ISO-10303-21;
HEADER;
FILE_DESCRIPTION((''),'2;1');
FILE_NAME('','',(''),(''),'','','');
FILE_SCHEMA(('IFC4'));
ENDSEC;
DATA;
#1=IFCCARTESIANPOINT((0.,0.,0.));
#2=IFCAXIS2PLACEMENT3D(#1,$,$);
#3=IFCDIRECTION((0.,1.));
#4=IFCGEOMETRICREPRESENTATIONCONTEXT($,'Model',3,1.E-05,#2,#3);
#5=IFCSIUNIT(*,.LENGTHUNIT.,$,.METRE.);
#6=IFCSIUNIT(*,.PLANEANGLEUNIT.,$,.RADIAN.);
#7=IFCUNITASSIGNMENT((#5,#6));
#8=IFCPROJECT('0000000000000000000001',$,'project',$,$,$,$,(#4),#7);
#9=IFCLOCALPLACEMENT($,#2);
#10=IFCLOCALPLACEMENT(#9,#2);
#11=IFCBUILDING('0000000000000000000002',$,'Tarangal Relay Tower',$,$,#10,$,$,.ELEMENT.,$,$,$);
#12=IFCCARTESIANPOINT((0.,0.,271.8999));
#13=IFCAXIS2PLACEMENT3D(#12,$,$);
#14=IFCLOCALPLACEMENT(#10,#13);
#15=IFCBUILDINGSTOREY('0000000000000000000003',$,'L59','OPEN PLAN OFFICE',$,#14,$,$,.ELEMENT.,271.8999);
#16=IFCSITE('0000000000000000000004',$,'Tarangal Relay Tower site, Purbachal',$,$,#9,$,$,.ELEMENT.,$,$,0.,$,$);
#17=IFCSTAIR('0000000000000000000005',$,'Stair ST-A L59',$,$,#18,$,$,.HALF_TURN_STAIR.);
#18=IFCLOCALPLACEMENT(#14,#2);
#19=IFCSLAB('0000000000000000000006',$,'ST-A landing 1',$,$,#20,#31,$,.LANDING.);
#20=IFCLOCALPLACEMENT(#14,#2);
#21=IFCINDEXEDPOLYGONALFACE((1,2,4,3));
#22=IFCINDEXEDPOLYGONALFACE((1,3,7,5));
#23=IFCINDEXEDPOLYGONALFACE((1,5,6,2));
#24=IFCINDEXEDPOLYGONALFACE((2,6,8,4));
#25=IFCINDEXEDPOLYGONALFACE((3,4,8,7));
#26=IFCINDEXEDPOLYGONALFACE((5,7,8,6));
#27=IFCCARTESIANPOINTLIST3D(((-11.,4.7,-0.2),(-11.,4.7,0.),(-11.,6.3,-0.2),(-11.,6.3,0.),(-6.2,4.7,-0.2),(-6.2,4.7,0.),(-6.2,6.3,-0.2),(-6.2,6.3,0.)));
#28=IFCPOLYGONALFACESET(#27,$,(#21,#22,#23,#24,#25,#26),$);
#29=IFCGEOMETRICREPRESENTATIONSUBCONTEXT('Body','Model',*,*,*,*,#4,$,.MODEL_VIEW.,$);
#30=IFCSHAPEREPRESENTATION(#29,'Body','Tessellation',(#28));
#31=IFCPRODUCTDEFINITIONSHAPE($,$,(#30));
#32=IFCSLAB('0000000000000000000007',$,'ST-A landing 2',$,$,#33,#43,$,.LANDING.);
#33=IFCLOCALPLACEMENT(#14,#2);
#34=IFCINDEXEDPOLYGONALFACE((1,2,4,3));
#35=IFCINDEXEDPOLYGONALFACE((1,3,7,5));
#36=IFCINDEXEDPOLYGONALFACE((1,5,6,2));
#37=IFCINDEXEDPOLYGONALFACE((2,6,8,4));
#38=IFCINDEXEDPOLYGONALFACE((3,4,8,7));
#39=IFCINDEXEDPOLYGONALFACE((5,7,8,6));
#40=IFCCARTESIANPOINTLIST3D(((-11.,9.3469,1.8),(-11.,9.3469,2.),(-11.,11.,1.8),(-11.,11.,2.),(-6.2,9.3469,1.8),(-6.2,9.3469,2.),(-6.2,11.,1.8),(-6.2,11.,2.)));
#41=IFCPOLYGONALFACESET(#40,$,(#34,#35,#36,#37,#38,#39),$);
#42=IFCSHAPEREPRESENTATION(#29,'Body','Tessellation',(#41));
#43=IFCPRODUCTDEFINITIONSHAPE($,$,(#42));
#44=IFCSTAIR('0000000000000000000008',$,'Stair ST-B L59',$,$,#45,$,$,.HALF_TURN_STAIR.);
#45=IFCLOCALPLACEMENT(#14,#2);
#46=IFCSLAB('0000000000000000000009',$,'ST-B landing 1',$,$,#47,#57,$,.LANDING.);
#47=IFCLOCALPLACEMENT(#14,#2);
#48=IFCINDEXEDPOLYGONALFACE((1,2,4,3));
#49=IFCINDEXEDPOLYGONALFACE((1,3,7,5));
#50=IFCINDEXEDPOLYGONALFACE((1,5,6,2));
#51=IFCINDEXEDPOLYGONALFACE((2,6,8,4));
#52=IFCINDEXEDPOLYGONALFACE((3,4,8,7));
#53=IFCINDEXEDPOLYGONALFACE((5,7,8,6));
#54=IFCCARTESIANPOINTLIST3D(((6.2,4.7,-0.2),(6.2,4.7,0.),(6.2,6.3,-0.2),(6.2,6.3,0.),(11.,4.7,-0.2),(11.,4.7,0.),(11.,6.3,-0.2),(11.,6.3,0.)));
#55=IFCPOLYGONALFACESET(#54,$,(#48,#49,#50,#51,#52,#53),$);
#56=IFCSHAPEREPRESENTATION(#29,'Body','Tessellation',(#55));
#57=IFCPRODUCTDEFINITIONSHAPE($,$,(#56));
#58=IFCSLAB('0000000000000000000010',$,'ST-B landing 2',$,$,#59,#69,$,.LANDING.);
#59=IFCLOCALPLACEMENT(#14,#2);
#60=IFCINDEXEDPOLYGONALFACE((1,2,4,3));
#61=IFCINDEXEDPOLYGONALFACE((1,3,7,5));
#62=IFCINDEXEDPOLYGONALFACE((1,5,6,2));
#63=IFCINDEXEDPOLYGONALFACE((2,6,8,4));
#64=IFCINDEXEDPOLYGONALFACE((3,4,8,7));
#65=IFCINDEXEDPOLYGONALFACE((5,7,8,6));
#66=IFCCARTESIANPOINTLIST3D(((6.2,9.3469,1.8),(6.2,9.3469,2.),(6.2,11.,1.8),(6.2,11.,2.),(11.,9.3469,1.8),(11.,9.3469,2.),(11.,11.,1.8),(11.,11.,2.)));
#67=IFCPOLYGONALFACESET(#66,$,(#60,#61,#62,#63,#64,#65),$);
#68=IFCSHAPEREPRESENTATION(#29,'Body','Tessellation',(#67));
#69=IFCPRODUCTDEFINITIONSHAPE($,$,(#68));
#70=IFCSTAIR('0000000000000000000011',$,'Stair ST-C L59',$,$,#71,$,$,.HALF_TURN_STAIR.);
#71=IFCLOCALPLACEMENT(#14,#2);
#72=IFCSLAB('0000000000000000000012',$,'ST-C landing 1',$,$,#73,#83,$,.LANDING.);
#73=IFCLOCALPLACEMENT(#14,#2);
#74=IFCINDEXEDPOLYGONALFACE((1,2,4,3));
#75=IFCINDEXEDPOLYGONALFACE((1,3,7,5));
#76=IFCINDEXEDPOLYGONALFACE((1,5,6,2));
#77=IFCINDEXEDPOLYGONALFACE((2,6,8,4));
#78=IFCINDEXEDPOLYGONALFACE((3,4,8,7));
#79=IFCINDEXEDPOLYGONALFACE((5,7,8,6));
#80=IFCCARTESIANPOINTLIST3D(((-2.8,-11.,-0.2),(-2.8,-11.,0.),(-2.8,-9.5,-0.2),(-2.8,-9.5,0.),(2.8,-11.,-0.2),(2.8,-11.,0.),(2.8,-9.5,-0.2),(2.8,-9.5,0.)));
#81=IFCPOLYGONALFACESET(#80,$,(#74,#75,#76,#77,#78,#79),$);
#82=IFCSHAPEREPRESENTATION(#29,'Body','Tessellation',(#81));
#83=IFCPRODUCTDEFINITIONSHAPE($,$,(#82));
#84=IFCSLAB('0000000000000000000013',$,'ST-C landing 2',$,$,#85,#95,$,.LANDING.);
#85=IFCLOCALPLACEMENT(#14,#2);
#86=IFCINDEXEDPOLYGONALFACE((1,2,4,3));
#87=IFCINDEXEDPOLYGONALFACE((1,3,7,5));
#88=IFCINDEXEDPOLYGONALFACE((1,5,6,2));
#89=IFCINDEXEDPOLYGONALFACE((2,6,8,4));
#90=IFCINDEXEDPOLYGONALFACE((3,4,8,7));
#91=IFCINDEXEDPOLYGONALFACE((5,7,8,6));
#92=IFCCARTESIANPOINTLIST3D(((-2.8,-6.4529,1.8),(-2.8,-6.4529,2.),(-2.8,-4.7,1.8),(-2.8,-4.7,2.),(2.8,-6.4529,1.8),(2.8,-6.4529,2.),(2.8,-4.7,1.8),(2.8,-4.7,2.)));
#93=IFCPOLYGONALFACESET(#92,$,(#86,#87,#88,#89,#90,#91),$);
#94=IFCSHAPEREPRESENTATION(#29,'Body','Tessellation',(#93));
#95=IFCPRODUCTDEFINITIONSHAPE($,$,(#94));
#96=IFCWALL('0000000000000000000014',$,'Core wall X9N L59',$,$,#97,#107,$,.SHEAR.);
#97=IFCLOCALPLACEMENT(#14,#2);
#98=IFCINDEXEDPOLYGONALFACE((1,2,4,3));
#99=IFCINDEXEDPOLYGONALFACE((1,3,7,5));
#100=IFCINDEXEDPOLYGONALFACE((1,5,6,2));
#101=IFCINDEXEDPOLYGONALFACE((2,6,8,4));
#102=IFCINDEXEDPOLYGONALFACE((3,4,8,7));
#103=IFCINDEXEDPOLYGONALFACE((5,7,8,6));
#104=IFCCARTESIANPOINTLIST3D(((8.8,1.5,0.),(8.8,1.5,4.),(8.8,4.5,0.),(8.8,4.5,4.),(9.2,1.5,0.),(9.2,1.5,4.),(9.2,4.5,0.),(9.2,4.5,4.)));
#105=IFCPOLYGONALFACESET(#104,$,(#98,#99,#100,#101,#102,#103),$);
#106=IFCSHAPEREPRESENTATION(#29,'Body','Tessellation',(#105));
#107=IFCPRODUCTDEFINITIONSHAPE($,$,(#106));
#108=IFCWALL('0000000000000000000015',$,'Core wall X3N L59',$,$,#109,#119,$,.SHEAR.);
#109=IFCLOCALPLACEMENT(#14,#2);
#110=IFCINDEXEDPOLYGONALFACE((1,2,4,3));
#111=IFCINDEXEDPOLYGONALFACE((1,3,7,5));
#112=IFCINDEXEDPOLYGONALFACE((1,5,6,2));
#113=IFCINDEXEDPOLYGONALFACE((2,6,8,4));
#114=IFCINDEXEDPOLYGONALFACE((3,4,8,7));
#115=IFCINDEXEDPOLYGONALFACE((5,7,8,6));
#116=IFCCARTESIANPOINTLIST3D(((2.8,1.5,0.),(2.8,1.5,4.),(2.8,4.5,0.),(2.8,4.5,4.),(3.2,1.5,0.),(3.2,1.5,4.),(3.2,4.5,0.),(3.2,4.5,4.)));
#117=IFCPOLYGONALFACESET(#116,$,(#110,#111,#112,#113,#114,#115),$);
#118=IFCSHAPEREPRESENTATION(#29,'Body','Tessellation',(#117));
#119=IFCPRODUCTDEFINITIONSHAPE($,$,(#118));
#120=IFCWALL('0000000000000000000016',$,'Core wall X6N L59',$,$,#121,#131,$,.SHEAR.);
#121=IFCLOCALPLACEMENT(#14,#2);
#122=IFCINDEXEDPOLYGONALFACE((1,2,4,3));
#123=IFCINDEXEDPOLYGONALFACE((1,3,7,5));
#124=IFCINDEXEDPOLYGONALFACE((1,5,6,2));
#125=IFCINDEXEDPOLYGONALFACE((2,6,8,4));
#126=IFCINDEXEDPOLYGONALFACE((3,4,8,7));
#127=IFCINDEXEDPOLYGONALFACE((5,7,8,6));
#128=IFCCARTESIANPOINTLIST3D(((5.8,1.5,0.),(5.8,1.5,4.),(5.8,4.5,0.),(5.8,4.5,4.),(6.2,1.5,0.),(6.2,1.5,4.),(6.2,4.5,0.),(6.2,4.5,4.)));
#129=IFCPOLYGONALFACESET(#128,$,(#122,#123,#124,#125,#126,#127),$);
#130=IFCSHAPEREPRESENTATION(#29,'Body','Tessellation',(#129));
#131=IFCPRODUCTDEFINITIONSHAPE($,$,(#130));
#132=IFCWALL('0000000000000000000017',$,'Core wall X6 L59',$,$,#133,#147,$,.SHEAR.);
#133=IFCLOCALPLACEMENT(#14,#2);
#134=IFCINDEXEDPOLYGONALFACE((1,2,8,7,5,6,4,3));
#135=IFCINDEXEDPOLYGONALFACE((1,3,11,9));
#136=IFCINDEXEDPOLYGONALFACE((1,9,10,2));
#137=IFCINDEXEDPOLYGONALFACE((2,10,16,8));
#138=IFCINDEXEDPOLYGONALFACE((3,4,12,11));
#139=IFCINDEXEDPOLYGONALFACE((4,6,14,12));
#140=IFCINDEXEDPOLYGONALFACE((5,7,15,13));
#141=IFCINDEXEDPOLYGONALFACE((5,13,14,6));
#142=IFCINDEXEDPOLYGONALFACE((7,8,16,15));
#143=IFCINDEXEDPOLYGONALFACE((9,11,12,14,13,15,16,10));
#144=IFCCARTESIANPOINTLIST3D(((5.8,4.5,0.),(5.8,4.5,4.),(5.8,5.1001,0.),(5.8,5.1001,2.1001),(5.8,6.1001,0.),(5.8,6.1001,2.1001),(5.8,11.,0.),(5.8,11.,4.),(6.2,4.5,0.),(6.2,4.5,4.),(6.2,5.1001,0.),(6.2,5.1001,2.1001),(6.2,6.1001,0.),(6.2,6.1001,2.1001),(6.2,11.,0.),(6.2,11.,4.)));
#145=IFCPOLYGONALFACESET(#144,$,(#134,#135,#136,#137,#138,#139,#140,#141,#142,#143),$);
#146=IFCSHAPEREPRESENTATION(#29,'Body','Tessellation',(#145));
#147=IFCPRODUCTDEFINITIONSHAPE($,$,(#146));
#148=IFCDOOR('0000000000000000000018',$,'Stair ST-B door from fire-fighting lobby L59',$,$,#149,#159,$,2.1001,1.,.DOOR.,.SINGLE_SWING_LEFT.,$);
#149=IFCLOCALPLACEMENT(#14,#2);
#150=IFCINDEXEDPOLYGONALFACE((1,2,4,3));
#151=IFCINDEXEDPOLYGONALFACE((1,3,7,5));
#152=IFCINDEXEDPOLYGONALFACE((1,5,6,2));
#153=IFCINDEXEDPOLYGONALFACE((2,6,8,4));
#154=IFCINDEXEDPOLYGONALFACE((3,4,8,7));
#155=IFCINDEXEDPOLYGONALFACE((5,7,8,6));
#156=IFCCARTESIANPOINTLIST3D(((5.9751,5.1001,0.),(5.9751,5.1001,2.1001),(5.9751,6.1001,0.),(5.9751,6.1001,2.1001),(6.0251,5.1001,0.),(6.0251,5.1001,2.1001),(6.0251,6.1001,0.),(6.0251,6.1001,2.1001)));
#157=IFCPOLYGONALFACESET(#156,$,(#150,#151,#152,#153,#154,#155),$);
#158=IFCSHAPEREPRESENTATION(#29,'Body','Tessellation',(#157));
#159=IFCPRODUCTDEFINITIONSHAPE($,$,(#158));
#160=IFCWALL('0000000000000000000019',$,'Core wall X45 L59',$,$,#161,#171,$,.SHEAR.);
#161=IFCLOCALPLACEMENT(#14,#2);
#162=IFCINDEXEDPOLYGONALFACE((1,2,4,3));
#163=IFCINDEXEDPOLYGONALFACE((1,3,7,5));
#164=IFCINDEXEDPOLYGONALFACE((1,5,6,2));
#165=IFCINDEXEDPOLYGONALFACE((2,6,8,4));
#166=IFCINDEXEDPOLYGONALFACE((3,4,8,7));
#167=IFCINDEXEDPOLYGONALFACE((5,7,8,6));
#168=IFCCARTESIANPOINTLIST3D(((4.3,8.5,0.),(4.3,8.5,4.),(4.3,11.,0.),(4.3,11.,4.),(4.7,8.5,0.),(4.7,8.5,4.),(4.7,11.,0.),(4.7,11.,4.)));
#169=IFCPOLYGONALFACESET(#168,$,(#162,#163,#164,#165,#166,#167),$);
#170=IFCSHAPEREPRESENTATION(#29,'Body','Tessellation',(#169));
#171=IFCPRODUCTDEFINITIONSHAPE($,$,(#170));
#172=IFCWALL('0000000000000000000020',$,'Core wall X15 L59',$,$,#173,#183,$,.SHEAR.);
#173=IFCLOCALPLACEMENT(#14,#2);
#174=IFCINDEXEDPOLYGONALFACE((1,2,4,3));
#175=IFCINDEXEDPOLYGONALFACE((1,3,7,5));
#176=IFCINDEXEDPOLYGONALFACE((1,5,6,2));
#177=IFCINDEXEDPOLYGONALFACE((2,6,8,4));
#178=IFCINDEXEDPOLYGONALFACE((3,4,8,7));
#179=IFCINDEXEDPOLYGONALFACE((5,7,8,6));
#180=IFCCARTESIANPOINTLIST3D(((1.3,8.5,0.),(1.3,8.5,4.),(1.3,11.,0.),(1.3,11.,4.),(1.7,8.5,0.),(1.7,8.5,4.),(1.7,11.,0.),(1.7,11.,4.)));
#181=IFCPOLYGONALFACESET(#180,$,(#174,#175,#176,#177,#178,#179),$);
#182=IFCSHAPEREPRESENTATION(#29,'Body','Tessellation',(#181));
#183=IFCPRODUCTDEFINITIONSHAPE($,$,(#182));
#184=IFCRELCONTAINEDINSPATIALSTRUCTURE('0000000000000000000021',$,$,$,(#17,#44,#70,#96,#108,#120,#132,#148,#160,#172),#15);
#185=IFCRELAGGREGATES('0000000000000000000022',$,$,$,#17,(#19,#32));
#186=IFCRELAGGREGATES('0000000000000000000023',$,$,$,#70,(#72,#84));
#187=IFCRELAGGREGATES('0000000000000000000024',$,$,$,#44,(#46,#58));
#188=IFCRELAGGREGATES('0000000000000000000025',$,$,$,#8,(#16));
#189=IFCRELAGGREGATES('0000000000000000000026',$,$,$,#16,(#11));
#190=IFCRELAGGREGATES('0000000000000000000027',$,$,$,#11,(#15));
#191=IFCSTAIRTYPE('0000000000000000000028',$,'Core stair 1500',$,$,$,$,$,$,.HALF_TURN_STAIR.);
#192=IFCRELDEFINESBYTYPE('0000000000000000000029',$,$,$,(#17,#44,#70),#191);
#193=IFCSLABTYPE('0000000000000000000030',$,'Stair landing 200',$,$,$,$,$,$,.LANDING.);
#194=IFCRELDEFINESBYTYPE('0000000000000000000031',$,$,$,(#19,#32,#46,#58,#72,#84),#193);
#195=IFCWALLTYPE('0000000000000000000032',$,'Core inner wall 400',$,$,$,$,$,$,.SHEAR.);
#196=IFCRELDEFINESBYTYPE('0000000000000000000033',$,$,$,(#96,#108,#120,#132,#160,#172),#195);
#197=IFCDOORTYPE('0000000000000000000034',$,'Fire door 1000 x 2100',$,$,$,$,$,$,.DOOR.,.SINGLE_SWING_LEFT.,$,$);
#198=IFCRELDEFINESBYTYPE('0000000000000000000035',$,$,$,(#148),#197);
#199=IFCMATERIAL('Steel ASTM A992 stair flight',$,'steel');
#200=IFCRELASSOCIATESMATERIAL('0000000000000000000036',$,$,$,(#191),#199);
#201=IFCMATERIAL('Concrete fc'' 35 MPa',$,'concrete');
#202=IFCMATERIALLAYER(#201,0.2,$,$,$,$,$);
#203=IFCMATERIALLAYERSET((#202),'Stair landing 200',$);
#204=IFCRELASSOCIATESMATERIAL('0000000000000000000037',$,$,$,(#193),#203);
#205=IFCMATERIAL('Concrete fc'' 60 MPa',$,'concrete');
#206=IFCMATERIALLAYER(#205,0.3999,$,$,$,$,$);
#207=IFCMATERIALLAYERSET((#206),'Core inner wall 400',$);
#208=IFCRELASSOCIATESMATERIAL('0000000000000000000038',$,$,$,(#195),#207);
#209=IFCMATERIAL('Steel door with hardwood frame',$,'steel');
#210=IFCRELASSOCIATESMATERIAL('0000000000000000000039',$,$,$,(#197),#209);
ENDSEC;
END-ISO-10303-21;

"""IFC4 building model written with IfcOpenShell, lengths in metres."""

from ifc_helpers import new_model, si_unit, direction, frame, frame_2d, origin, place, context, subcontext, project, spatial, polyline, rectangle, outline, extrude, material, layer, layer_set, type_object, element, fill, aggregate, save


model = new_model("IFC4")

# Units and contexts
model_context = context("Model", 3, precision=1e-05, world=origin(), true_north=direction((0.0, 1.0)))
body_context = subcontext(model_context, "Body", "Model", "MODEL_VIEW")
ifc_project = project(units=[si_unit("LENGTHUNIT", "METRE"), si_unit("PLANEANGLEUNIT", "RADIAN")], contexts=[model_context])

# Site, building, storey
site_placement = place(None, origin())
site = spatial("IfcSite", under=ifc_project, at=site_placement, Name="Tarangal Relay Tower site, Purbachal", CompositionType="ELEMENT", RefElevation=0.0)
building_placement = place(site_placement, origin())
building = spatial("IfcBuilding", under=site, at=building_placement, Name="Tarangal Relay Tower", CompositionType="ELEMENT")
storey_placement = place(building_placement, frame((0.0, 0.0, 271.8999)))
storey = spatial("IfcBuildingStorey", under=building, at=storey_placement, Name="L59", Description="OPEN PLAN OFFICE", CompositionType="ELEMENT", Elevation=271.8999)

# Stairs, slabs
ifc_material_1 = material(Name="Steel ASTM A992 stair flight", Category="steel")
stair_type = type_object("IfcStairType", Name="Core stair 1500", PredefinedType="HALF_TURN_STAIR", material=ifc_material_1)
stair_1_placement = place(storey_placement, origin())
stair_1 = element("IfcStair", 1, at=stair_1_placement, inside=storey, type_object=stair_type, Name="Stair ST-A L59", PredefinedType="HALF_TURN_STAIR")
ifc_material_2 = material(Name="Concrete fc' 35 MPa", Category="concrete")
ifc_layer_1 = layer(ifc_material_2, 0.2)
ifc_layer_set_1 = layer_set([ifc_layer_1], Name="Stair landing 200")
slab_type = type_object("IfcSlabType", Name="Stair landing 200", PredefinedType="LANDING", material=ifc_layer_set_1)
slab_1_placement = place(storey_placement, frame((0.0, 0.0, -0.2)))
slab_1 = element("IfcSlab", 2, at=slab_1_placement, type_object=slab_type, Name="ST-A landing 1", PredefinedType="LANDING", context=body_context, shape_type="SweptSolid", body=[
    extrude(outline(polyline([(-11.0, 4.7), (-6.2, 4.7), (-6.2, 6.3), (-11.0, 6.3), (-11.0, 4.7)])), origin(), (0.0, 0.0, 1.0), 0.2),
])
slab_2_placement = place(storey_placement, frame((0.0, 0.0, 1.8)))
slab_2 = element("IfcSlab", 3, at=slab_2_placement, type_object=slab_type, Name="ST-A landing 2", PredefinedType="LANDING", context=body_context, shape_type="SweptSolid", body=[
    extrude(outline(polyline([(-11.0, 9.3469), (-6.2, 9.3469), (-6.2, 11.0), (-11.0, 11.0), (-11.0, 9.3469)])), origin(), (0.0, 0.0, 1.0), 0.2),
])
aggregate(stair_1, [slab_1, slab_2])
stair_2_placement = place(storey_placement, origin())
stair_2 = element("IfcStair", 4, at=stair_2_placement, inside=storey, type_object=stair_type, Name="Stair ST-B L59", PredefinedType="HALF_TURN_STAIR")
slab_3_placement = place(storey_placement, frame((0.0, 0.0, -0.2)))
slab_3 = element("IfcSlab", 5, at=slab_3_placement, type_object=slab_type, Name="ST-B landing 1", PredefinedType="LANDING", context=body_context, shape_type="SweptSolid", body=[
    extrude(outline(polyline([(6.2, 4.7), (11.0, 4.7), (11.0, 6.3), (6.2, 6.3), (6.2, 4.7)])), origin(), (0.0, 0.0, 1.0), 0.2),
])
slab_4_placement = place(storey_placement, frame((0.0, 0.0, 1.8)))
slab_4 = element("IfcSlab", 6, at=slab_4_placement, type_object=slab_type, Name="ST-B landing 2", PredefinedType="LANDING", context=body_context, shape_type="SweptSolid", body=[
    extrude(outline(polyline([(6.2, 9.3469), (11.0, 9.3469), (11.0, 11.0), (6.2, 11.0), (6.2, 9.3469)])), origin(), (0.0, 0.0, 1.0), 0.2),
])
stair_3_placement = place(storey_placement, origin())
stair_3 = element("IfcStair", 7, at=stair_3_placement, inside=storey, type_object=stair_type, Name="Stair ST-C L59", PredefinedType="HALF_TURN_STAIR")
slab_5_placement = place(storey_placement, frame((0.0, 0.0, -0.2)))
slab_5 = element("IfcSlab", 8, at=slab_5_placement, type_object=slab_type, Name="ST-C landing 1", PredefinedType="LANDING", context=body_context, shape_type="SweptSolid", body=[
    extrude(outline(polyline([(-2.8, -11.0), (2.8, -11.0), (2.8, -9.5), (-2.8, -9.5), (-2.8, -11.0)])), origin(), (0.0, 0.0, 1.0), 0.2),
])
slab_6_placement = place(storey_placement, frame((0.0, 0.0, 1.8)))
slab_6 = element("IfcSlab", 9, at=slab_6_placement, type_object=slab_type, Name="ST-C landing 2", PredefinedType="LANDING", context=body_context, shape_type="SweptSolid", body=[
    extrude(outline(polyline([(-2.8, -6.4529), (2.8, -6.4529), (2.8, -4.7), (-2.8, -4.7), (-2.8, -6.4529)])), origin(), (0.0, 0.0, 1.0), 0.2),
])
aggregate(stair_3, [slab_5, slab_6])

# Walls
ifc_material_3 = material(Name="Concrete fc' 60 MPa", Category="concrete")
ifc_layer_2 = layer(ifc_material_3, 0.3999)
ifc_layer_set_2 = layer_set([ifc_layer_2], Name="Core inner wall 400")
wall_type_1 = type_object("IfcWallType", Name="Core inner wall 400", PredefinedType="SHEAR", material=ifc_layer_set_2)
for number, where, z_axis, x_axis, name in (
    (10, (9.0, 1.5, 0.0), (0.0, 0.0, 1.0), (0.0, 1.0, 0.0), "Core wall X9N L59"),
    (11, (3.0, 1.5, 0.0), (0.0, 0.0, 1.0), (0.0, 1.0, 0.0), "Core wall X3N L59"),
    (12, (6.0, 1.5, 0.0), (0.0, 0.0, 1.0), (0.0, 1.0, 0.0), "Core wall X6N L59"),
):
    element("IfcWall", number, at=place(storey_placement, frame(where, z_axis=z_axis, x_axis=x_axis)), inside=storey, type_object=wall_type_1, Name=name, PredefinedType="SHEAR", context=body_context, shape_type="SweptSolid", body=[
        extrude(rectangle(XDim=3.0, YDim=0.3999, at=frame_2d((1.5, 0.0))), origin(), (0.0, 0.0, 1.0), 4.0),
    ])

# Wall, opening, door
wall_1_placement = place(storey_placement, frame((6.0, 4.5, 0.0), z_axis=(0.0, 0.0, 1.0), x_axis=(0.0, 1.0, 0.0)))
wall_1 = element("IfcWall", 13, at=wall_1_placement, inside=storey, type_object=wall_type_1, Name="Core wall X6 L59", PredefinedType="SHEAR", context=body_context, shape_type="SweptSolid", body=[
    extrude(rectangle(XDim=6.5, YDim=0.3999, at=frame_2d((3.25, 0.0))), origin(), (0.0, 0.0, 1.0), 4.0),
])
opening_1_placement = place(wall_1_placement, frame((0.6001, 0.0, 0.0)))
opening_1 = element("IfcOpeningElement", 14, at=opening_1_placement, cuts=wall_1, PredefinedType="OPENING", context=body_context, shape_type="SweptSolid", body=[
    extrude(rectangle(XDim=1.0, YDim=2.1001, at=frame_2d((0.5, 1.05))), frame((0.0, 0.21, 0.0), z_axis=(0.0, -1.0, 0.0), x_axis=(1.0, 0.0, 0.0)), (0.0, 0.0, 1.0), 0.4199),
])
ifc_material_4 = material(Name="Steel door with hardwood frame", Category="steel")
door_type_1 = type_object("IfcDoorType", Name="Fire door 1000 x 2100", OperationType="SINGLE_SWING_LEFT", PredefinedType="DOOR", material=ifc_material_4)
door_1_placement = place(opening_1_placement, origin())
door_1 = element("IfcDoor", 15, at=door_1_placement, inside=storey, type_object=door_type_1, Name="Stair ST-B door from fire-fighting lobby L59", OperationType="SINGLE_SWING_LEFT", OverallHeight=2.1001, OverallWidth=1.0, PredefinedType="DOOR", context=body_context, shape_type="SweptSolid", body=[
    extrude(rectangle(XDim=1.0, YDim=2.1001, at=frame_2d((0.5, 1.05))), frame((0.0, 0.0249, 0.0), z_axis=(0.0, -1.0, 0.0), x_axis=(1.0, 0.0, 0.0)), (0.0, 0.0, 1.0), 0.05),
])
fill(opening_1, door_1)

# Walls
for number, where, z_axis, x_axis, name in (
    (16, (4.5, 8.5, 0.0), (0.0, 0.0, 1.0), (0.0, 1.0, 0.0), "Core wall X45 L59"),
    (17, (1.5, 8.5, 0.0), (0.0, 0.0, 1.0), (0.0, 1.0, 0.0), "Core wall X15 L59"),
):
    element("IfcWall", number, at=place(storey_placement, frame(where, z_axis=z_axis, x_axis=x_axis)), inside=storey, type_object=wall_type_1, Name=name, PredefinedType="SHEAR", context=body_context, shape_type="SweptSolid", body=[
        extrude(rectangle(XDim=2.5, YDim=0.3999, at=frame_2d((1.25, 0.0))), origin(), (0.0, 0.0, 1.0), 4.0),
    ])

aggregate(stair_2, [slab_3, slab_4])

save(model, "model.ifc")
